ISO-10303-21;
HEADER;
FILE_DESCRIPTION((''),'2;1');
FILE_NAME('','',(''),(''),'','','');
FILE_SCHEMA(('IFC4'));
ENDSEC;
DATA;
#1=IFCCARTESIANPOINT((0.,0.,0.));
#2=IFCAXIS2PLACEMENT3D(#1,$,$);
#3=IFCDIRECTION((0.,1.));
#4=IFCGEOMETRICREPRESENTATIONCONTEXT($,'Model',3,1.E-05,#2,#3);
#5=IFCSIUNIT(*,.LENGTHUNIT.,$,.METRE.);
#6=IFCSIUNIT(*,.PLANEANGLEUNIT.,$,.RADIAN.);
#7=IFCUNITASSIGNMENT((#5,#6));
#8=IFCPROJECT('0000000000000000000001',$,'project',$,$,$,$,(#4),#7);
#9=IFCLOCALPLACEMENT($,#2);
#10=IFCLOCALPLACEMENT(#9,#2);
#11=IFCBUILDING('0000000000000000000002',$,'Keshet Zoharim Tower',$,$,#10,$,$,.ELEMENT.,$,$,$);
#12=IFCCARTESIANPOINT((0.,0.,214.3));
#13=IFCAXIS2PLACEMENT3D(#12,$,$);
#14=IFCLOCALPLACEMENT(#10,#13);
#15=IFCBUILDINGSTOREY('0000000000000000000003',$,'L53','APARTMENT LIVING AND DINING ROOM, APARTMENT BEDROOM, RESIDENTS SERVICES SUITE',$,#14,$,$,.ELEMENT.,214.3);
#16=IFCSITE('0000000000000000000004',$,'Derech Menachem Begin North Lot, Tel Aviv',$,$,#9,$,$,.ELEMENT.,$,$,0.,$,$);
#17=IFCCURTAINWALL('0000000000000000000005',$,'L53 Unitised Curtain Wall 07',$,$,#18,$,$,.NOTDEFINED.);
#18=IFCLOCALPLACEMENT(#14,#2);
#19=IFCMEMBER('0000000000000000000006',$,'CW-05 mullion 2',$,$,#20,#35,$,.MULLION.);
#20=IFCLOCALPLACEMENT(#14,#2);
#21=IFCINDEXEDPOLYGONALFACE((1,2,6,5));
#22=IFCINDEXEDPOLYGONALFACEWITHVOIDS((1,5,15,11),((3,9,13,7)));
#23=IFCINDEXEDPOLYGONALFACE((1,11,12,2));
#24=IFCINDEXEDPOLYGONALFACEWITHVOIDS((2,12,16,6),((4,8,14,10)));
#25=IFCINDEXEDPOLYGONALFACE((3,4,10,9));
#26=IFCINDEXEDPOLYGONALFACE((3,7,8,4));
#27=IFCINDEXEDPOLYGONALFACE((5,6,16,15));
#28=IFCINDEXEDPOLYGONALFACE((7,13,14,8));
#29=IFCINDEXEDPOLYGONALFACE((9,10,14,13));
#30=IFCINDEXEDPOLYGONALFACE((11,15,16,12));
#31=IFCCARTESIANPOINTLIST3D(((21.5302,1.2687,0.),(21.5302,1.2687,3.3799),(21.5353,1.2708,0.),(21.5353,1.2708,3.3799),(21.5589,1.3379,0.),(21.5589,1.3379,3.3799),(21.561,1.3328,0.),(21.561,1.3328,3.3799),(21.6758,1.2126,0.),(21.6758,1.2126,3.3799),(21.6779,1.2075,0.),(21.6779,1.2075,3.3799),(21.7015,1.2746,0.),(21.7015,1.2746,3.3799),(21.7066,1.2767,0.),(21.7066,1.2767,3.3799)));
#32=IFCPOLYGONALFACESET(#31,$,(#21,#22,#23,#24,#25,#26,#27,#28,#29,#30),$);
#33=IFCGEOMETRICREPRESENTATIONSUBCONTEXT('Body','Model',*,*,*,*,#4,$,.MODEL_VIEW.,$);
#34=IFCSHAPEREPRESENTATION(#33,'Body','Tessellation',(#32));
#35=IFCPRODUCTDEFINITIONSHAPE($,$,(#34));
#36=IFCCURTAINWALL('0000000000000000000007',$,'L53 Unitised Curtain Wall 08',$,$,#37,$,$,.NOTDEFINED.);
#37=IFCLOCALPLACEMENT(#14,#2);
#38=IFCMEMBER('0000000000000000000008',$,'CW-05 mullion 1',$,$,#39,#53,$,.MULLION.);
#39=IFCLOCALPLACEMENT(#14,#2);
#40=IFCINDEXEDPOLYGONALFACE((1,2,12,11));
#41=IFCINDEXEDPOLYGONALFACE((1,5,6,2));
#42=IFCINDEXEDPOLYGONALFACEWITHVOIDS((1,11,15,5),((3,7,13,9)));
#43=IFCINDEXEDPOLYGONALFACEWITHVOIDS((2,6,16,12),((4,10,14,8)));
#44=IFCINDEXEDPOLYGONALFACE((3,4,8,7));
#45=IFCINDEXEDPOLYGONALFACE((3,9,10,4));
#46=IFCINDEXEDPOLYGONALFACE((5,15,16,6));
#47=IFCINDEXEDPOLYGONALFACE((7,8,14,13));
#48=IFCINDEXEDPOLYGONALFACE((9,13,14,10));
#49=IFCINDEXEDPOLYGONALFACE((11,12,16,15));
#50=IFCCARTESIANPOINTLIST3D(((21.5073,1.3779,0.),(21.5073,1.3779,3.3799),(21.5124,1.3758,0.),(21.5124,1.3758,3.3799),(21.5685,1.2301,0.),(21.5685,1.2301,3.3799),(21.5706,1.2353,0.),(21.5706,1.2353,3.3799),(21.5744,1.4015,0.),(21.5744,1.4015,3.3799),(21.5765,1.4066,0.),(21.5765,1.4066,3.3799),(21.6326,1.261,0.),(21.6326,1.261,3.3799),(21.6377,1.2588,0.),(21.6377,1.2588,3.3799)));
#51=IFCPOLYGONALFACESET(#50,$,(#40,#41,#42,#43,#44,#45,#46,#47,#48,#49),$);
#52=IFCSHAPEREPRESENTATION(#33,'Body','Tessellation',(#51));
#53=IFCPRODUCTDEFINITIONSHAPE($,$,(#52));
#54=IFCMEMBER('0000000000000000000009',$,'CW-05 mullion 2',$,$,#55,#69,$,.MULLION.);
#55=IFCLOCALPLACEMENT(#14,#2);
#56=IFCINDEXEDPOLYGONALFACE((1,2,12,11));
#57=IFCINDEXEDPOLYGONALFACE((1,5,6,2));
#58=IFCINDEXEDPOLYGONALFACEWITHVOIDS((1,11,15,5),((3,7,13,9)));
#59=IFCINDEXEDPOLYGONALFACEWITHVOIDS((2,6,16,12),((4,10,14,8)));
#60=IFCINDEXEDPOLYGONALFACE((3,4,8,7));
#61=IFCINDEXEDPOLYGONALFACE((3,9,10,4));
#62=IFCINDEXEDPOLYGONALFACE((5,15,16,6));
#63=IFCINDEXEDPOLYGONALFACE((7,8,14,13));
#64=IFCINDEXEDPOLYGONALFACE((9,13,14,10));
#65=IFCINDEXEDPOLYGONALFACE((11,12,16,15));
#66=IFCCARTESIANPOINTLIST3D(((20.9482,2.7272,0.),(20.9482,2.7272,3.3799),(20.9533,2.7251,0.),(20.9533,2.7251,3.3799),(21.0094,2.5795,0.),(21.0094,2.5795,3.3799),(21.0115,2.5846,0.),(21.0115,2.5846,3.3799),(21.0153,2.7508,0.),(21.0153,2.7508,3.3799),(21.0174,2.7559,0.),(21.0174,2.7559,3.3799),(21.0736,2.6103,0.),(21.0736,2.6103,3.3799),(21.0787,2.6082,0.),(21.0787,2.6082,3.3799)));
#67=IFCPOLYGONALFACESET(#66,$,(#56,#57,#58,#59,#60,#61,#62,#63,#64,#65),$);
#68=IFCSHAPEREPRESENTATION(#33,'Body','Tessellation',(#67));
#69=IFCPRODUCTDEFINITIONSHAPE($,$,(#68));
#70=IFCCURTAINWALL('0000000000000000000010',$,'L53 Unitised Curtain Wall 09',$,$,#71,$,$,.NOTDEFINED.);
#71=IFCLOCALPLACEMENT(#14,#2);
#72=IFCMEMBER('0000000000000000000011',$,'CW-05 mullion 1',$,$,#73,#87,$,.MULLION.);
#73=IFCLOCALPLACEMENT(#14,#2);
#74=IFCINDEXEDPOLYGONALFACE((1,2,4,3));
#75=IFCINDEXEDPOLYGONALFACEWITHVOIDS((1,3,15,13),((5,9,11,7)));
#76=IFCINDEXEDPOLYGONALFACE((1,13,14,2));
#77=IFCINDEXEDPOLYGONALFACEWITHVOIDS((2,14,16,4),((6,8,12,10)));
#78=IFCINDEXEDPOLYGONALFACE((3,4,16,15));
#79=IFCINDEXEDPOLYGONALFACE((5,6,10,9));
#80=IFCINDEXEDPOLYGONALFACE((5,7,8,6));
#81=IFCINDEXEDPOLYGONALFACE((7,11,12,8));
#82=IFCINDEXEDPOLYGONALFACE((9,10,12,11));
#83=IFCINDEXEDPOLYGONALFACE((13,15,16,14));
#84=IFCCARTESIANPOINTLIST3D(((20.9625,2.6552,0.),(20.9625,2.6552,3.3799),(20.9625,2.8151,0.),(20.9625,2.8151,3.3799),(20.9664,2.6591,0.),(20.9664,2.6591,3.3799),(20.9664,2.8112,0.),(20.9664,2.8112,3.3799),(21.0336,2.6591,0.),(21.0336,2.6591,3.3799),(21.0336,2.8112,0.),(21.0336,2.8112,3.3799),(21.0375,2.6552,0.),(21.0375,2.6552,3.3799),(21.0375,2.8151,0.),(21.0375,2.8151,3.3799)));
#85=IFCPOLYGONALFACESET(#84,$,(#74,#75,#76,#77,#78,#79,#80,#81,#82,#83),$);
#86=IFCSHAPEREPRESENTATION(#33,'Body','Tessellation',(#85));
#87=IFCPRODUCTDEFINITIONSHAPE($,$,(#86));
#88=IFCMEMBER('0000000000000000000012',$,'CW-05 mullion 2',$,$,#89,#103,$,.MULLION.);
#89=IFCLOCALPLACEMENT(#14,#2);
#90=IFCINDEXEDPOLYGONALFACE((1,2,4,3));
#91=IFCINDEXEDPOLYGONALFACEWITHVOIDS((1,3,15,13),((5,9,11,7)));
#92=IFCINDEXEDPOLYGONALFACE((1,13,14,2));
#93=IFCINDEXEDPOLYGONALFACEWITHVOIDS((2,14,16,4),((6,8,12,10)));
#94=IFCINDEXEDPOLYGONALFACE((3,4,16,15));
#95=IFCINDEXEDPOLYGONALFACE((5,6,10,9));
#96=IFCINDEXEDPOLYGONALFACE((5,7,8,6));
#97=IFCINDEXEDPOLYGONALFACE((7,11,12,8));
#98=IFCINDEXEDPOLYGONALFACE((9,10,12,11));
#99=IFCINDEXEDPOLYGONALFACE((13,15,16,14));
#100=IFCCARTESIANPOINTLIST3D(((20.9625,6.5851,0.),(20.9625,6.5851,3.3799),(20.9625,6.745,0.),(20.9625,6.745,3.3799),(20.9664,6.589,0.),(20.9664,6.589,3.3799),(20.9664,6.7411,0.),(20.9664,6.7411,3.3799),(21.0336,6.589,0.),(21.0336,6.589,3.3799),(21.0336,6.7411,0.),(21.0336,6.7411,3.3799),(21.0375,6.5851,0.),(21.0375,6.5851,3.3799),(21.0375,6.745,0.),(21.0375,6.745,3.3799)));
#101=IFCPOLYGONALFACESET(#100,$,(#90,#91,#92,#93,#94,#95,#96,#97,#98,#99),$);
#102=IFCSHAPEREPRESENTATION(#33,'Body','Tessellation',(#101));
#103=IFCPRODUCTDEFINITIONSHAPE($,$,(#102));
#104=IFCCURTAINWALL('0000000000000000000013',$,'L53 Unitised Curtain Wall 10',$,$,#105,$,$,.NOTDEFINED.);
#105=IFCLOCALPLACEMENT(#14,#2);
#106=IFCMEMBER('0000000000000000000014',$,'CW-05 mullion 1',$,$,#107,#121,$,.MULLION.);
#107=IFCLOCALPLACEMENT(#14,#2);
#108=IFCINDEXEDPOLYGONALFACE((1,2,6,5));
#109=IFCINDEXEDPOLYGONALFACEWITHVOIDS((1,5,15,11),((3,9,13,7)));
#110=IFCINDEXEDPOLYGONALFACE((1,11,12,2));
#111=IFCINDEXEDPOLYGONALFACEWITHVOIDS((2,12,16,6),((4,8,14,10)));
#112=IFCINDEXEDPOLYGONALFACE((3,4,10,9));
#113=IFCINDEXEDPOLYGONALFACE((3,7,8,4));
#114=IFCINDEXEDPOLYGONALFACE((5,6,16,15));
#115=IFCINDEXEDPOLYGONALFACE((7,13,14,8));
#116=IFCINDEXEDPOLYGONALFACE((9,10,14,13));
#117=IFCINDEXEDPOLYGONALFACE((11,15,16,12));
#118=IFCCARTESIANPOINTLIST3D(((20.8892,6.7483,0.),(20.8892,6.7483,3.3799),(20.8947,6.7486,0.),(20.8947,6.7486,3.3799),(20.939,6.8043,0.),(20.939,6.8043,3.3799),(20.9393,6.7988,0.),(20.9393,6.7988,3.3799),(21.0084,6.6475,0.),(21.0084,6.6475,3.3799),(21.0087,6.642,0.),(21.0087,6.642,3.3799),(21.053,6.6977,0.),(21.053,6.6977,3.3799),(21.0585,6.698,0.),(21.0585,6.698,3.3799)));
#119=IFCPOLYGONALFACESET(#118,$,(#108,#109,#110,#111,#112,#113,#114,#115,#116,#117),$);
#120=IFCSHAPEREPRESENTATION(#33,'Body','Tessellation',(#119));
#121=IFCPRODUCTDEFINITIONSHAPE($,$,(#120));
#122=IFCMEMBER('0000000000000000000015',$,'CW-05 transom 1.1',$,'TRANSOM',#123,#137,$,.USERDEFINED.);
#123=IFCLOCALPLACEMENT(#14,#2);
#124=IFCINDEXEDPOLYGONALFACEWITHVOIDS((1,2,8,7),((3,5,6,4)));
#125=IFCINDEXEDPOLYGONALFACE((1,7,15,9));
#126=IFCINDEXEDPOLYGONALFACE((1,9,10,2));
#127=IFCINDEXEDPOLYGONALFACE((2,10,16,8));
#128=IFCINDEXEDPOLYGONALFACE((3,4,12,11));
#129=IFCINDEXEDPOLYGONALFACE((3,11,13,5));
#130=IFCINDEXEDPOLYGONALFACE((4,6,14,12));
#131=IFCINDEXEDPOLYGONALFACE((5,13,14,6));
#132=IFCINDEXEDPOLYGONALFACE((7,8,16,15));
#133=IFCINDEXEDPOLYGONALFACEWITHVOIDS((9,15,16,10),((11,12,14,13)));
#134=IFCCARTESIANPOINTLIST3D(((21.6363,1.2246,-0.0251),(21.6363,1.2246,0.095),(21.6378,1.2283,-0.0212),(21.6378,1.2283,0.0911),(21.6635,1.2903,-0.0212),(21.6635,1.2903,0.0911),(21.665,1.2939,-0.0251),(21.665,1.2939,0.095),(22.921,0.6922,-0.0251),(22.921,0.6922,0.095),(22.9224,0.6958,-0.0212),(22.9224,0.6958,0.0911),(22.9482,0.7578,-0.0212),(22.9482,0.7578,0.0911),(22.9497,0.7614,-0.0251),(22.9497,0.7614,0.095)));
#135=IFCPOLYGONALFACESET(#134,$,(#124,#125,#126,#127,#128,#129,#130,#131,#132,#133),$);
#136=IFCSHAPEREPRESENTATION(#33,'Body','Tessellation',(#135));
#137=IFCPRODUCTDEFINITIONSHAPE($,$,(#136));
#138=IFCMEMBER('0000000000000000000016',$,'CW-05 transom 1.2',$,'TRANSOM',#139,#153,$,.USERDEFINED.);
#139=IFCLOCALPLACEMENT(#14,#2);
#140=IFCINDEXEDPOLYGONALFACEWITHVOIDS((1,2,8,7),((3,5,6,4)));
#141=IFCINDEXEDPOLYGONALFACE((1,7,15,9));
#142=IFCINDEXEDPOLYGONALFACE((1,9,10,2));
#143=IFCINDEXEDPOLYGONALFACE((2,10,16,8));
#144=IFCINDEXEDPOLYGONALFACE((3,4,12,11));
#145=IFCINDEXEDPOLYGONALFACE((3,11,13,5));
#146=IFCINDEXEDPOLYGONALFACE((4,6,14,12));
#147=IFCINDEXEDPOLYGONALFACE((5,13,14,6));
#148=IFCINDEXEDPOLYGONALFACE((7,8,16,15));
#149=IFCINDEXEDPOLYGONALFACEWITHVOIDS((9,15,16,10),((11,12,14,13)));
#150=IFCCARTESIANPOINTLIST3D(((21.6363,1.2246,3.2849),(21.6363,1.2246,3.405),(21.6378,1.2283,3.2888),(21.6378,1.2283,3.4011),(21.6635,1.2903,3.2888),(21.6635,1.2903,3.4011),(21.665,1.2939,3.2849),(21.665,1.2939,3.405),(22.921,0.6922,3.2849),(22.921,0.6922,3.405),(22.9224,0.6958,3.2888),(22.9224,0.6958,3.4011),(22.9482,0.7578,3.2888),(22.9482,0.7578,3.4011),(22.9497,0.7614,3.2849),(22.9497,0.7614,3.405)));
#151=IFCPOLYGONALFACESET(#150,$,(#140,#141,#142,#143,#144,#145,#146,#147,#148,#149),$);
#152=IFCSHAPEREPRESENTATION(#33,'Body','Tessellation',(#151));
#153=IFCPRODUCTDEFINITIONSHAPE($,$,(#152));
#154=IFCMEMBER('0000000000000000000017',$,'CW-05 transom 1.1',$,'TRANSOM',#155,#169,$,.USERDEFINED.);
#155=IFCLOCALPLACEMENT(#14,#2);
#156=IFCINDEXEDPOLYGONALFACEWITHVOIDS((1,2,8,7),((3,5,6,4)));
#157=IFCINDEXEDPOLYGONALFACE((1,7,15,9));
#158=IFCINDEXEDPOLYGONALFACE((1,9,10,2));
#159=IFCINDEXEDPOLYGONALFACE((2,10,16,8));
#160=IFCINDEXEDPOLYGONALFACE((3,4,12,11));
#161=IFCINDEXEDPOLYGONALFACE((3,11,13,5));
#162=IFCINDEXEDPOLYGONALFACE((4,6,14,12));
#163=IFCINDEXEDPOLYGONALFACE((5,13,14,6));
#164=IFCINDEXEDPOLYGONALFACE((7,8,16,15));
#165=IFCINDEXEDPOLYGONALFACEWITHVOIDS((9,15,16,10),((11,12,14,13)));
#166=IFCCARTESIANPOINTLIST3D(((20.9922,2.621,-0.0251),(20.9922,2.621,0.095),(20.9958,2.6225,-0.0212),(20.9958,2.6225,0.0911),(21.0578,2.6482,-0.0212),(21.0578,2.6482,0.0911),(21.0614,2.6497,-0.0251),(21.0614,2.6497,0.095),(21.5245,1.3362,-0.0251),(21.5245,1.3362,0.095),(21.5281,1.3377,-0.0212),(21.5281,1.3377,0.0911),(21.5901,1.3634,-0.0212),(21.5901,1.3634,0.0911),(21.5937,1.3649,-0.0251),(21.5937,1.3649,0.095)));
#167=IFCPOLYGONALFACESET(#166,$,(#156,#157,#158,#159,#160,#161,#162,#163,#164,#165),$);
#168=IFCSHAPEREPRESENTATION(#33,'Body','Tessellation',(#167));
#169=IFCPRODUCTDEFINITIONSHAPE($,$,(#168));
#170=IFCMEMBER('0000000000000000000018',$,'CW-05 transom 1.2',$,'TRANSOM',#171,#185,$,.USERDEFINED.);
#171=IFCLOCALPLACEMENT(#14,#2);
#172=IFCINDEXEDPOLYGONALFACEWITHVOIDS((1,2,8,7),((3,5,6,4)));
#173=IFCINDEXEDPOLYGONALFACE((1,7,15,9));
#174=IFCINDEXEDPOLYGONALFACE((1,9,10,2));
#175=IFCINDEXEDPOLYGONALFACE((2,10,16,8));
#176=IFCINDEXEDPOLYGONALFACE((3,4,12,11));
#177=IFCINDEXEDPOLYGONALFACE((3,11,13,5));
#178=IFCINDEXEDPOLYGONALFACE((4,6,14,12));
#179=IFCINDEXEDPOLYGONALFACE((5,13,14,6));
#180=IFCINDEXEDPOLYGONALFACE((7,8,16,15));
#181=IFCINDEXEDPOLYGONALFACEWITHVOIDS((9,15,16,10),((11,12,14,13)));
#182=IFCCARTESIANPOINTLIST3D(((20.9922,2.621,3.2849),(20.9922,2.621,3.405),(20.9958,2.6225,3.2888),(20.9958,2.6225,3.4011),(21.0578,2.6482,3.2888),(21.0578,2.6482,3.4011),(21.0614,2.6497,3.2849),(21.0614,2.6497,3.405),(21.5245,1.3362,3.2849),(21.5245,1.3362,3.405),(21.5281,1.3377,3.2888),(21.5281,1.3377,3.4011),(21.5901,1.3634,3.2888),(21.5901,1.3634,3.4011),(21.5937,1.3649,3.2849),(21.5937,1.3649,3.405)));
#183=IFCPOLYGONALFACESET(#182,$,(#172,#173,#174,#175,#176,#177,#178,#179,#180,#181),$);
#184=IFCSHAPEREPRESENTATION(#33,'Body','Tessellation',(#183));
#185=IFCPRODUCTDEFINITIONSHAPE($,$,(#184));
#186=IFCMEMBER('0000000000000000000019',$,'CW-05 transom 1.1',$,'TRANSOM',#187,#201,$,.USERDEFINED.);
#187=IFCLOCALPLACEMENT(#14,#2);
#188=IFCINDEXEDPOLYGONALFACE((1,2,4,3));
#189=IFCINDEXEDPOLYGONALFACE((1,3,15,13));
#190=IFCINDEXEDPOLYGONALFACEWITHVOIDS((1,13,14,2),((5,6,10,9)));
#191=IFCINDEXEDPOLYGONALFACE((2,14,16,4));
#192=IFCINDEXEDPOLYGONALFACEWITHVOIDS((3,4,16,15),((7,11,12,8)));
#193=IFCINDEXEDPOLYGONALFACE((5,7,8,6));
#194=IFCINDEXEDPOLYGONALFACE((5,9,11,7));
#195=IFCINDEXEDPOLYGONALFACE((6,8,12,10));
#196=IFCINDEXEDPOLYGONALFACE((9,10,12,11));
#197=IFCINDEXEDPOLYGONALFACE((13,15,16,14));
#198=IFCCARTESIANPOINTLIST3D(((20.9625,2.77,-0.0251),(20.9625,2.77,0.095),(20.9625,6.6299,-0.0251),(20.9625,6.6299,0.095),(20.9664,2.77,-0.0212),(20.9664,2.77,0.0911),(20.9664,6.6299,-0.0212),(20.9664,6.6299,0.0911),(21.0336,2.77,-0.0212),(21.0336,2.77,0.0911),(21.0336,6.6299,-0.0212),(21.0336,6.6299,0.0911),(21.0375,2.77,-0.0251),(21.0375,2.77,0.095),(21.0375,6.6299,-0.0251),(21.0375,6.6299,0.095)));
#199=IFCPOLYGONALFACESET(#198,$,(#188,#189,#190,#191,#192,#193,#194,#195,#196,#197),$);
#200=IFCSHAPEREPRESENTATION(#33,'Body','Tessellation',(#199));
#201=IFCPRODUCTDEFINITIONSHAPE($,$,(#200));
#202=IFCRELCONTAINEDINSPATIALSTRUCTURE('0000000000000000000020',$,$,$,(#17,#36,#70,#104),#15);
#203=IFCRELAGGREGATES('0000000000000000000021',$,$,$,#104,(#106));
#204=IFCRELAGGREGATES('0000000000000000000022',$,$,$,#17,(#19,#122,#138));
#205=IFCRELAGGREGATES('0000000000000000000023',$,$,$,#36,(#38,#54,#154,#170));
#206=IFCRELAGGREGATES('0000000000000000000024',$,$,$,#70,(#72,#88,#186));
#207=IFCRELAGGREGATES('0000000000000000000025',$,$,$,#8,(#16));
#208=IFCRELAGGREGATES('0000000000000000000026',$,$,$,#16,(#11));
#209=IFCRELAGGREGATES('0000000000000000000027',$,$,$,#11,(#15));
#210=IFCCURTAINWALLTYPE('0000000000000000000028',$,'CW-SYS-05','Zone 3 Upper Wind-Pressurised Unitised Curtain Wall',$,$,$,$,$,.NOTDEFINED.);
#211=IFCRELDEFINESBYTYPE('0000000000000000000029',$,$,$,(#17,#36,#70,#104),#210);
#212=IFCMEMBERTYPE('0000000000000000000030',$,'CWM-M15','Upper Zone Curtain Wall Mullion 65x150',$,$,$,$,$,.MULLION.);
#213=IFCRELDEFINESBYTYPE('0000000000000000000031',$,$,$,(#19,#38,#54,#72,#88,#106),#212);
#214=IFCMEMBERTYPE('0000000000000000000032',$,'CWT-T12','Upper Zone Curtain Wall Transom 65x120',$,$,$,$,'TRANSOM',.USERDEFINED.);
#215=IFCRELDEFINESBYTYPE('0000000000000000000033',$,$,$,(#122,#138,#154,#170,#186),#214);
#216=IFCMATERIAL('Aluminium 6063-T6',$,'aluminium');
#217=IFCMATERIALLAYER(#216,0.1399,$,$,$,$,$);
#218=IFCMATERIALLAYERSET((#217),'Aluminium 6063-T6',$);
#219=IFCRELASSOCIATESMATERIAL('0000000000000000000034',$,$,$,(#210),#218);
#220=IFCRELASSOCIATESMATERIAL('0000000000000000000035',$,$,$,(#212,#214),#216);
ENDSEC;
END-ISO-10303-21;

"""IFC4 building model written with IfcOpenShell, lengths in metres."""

from ifc_helpers import new_model, si_unit, direction, frame, origin, origin_2d, place, context, subcontext, project, spatial, hollow_rectangle, extrude, material, layer, layer_set, material_profile, profile_set, type_object, element, aggregate, save


model = new_model("IFC4")

# Units and contexts
model_context = context("Model", 3, precision=1e-05, world=origin(), true_north=direction((0.0, 1.0)))
body_context = subcontext(model_context, "Body", "Model", "MODEL_VIEW")
ifc_project = project(units=[si_unit("LENGTHUNIT", "METRE"), si_unit("PLANEANGLEUNIT", "RADIAN")], contexts=[model_context])

# Site, building, storey
site_placement = place(None, origin())
site = spatial("IfcSite", under=ifc_project, at=site_placement, Name="Derech Menachem Begin North Lot, Tel Aviv", CompositionType="ELEMENT", RefElevation=0.0)
building_placement = place(site_placement, origin())
building = spatial("IfcBuilding", under=site, at=building_placement, Name="Keshet Zoharim Tower", CompositionType="ELEMENT")
storey_placement = place(building_placement, frame((0.0, 0.0, 214.3)))
storey = spatial("IfcBuildingStorey", under=building, at=storey_placement, Name="L53", Description="APARTMENT LIVING AND DINING ROOM, APARTMENT BEDROOM, RESIDENTS SERVICES SUITE", CompositionType="ELEMENT", Elevation=214.3)

# Shared definitions
ifc_material_1 = material(Name="Aluminium 6063-T6", Category="aluminium")
ifc_layer_1 = layer(ifc_material_1, 0.1399)
ifc_layer_set_1 = layer_set([ifc_layer_1], Name="Aluminium 6063-T6")
curtain_wall_type = type_object("IfcCurtainWallType", Name="CW-SYS-05", Description="Zone 3 Upper Wind-Pressurised Unitised Curtain Wall", PredefinedType="NOTDEFINED", material=ifc_layer_set_1)
ifc_material_profile_1 = material_profile(ifc_material_1, hollow_rectangle(XDim=0.075, YDim=0.1599, WallThickness=0.0039, at=origin_2d()), Name="MUL-75x160")
ifc_profile_set_1 = profile_set([ifc_material_profile_1], Name="Aluminium 6063-T6")
member_type_1 = type_object("IfcMemberType", Name="CWM-M15", Description="Upper Zone Curtain Wall Mullion 65x150", PredefinedType="MULLION", material=ifc_profile_set_1)

# Curtain walls, members
curtain_wall_1_placement = place(storey_placement, origin())
curtain_wall_1 = element("IfcCurtainWall", 1, at=curtain_wall_1_placement, inside=storey, type_object=curtain_wall_type, Name="L53 Unitised Curtain Wall 07", PredefinedType="NOTDEFINED")
member_1_placement = place(storey_placement, frame((21.6184, 1.2727, 0.0), z_axis=(0.0, 0.0, 1.0), x_axis=(-0.382852, -0.92381, 0.0)))
member_1 = element("IfcMember", 2, at=member_1_placement, type_object=member_type_1, Name="CW-05 mullion 2", PredefinedType="MULLION", context=body_context, shape_type="SweptSolid", body=[
    extrude(hollow_rectangle(XDim=0.075, YDim=0.1599, WallThickness=0.0039, at=origin_2d()), origin(), (0.0, 0.0, 1.0), 3.3799),
])
curtain_wall_2_placement = place(storey_placement, origin())
curtain_wall_2 = element("IfcCurtainWall", 3, at=curtain_wall_2_placement, inside=storey, type_object=curtain_wall_type, Name="L53 Unitised Curtain Wall 08", PredefinedType="NOTDEFINED")
member_2_placement = place(storey_placement, frame((21.5725, 1.3184, 0.0), z_axis=(0.0, 0.0, 1.0), x_axis=(-0.92381, -0.382852, 0.0)))
member_2 = element("IfcMember", 4, at=member_2_placement, type_object=member_type_1, Name="CW-05 mullion 1", PredefinedType="MULLION", context=body_context, shape_type="SweptSolid", body=[
    extrude(hollow_rectangle(XDim=0.075, YDim=0.1599, WallThickness=0.0039, at=origin_2d()), origin(), (0.0, 0.0, 1.0), 3.3799),
])
member_3_placement = place(storey_placement, frame((21.0134, 2.6677, 0.0), z_axis=(0.0, 0.0, 1.0), x_axis=(-0.92381, -0.382852, 0.0)))
member_3 = element("IfcMember", 5, at=member_3_placement, type_object=member_type_1, Name="CW-05 mullion 2", PredefinedType="MULLION", context=body_context, shape_type="SweptSolid", body=[
    extrude(hollow_rectangle(XDim=0.075, YDim=0.1599, WallThickness=0.0039, at=origin_2d()), origin(), (0.0, 0.0, 1.0), 3.3799),
])
curtain_wall_3_placement = place(storey_placement, origin())
curtain_wall_3 = element("IfcCurtainWall", 6, at=curtain_wall_3_placement, inside=storey, type_object=curtain_wall_type, Name="L53 Unitised Curtain Wall 09", PredefinedType="NOTDEFINED")
member_4_placement = place(storey_placement, frame((21.0, 2.7351, 0.0), z_axis=(0.0, 0.0, 1.0), x_axis=(-1.0, 0.0, 0.0)))
member_4 = element("IfcMember", 7, at=member_4_placement, type_object=member_type_1, Name="CW-05 mullion 1", PredefinedType="MULLION", context=body_context, shape_type="SweptSolid", body=[
    extrude(hollow_rectangle(XDim=0.075, YDim=0.1599, WallThickness=0.0039, at=origin_2d()), origin(), (0.0, 0.0, 1.0), 3.3799),
])
member_5_placement = place(storey_placement, frame((21.0, 6.665, 0.0), z_axis=(0.0, 0.0, 1.0), x_axis=(-1.0, 0.0, 0.0)))
member_5 = element("IfcMember", 8, at=member_5_placement, type_object=member_type_1, Name="CW-05 mullion 2", PredefinedType="MULLION", context=body_context, shape_type="SweptSolid", body=[
    extrude(hollow_rectangle(XDim=0.075, YDim=0.1599, WallThickness=0.0039, at=origin_2d()), origin(), (0.0, 0.0, 1.0), 3.3799),
])

# Curtain wall, member
curtain_wall_4_placement = place(storey_placement, origin())
curtain_wall_4 = element("IfcCurtainWall", 9, at=curtain_wall_4_placement, inside=storey, type_object=curtain_wall_type, Name="L53 Unitised Curtain Wall 10", PredefinedType="NOTDEFINED")
member_6_placement = place(storey_placement, frame((20.9739, 6.7231, 0.0), z_axis=(0.0, 0.0, 1.0), x_axis=(-0.664364, -0.747409, 0.0)))
member_6 = element("IfcMember", 10, at=member_6_placement, type_object=member_type_1, Name="CW-05 mullion 1", PredefinedType="MULLION", context=body_context, shape_type="SweptSolid", body=[
    extrude(hollow_rectangle(XDim=0.075, YDim=0.1599, WallThickness=0.0039, at=origin_2d()), origin(), (0.0, 0.0, 1.0), 3.3799),
])

# Members
ifc_material_profile_2 = material_profile(ifc_material_1, hollow_rectangle(XDim=0.075, YDim=0.1201, WallThickness=0.0039, at=origin_2d()), Name="TRN-75x120")
ifc_profile_set_2 = profile_set([ifc_material_profile_2], Name="Aluminium 6063-T6")
member_type_2 = type_object("IfcMemberType", Name="CWT-T12", Description="Upper Zone Curtain Wall Transom 65x120", ElementType="TRANSOM", PredefinedType="USERDEFINED", material=ifc_profile_set_2)
member_7_placement = place(storey_placement, frame((22.9353, 0.7268, 0.0349), z_axis=(-0.923792, 0.382894, 0.0), x_axis=(-0.382894, -0.923792, 0.0)))
member_7 = element("IfcMember", 11, at=member_7_placement, type_object=member_type_2, Name="CW-05 transom 1.1", ObjectType="TRANSOM", PredefinedType="USERDEFINED", context=body_context, shape_type="SweptSolid", body=[
    extrude(hollow_rectangle(XDim=0.075, YDim=0.1201, WallThickness=0.0039, at=origin_2d()), origin(), (0.0, 0.0, 1.0), 1.3906),
])
member_8_placement = place(storey_placement, frame((22.9353, 0.7268, 3.345), z_axis=(-0.923792, 0.382894, 0.0), x_axis=(-0.382894, -0.923792, 0.0)))
member_8 = element("IfcMember", 12, at=member_8_placement, type_object=member_type_2, Name="CW-05 transom 1.2", ObjectType="TRANSOM", PredefinedType="USERDEFINED", context=body_context, shape_type="SweptSolid", body=[
    extrude(hollow_rectangle(XDim=0.075, YDim=0.1201, WallThickness=0.0039, at=origin_2d()), origin(), (0.0, 0.0, 1.0), 1.3906),
])
member_9_placement = place(storey_placement, frame((21.5591, 1.3506, 0.0349), z_axis=(-0.382745, 0.923854, 0.0), x_axis=(-0.923854, -0.382745, 0.0)))
member_9 = element("IfcMember", 13, at=member_9_placement, type_object=member_type_2, Name="CW-05 transom 1.1", ObjectType="TRANSOM", PredefinedType="USERDEFINED", context=body_context, shape_type="SweptSolid", body=[
    extrude(hollow_rectangle(XDim=0.075, YDim=0.1201, WallThickness=0.0039, at=origin_2d()), origin(), (0.0, 0.0, 1.0), 1.3906),
])
member_10_placement = place(storey_placement, frame((21.5591, 1.3506, 3.345), z_axis=(-0.382745, 0.923854, 0.0), x_axis=(-0.923854, -0.382745, 0.0)))
member_10 = element("IfcMember", 14, at=member_10_placement, type_object=member_type_2, Name="CW-05 transom 1.2", ObjectType="TRANSOM", PredefinedType="USERDEFINED", context=body_context, shape_type="SweptSolid", body=[
    extrude(hollow_rectangle(XDim=0.075, YDim=0.1201, WallThickness=0.0039, at=origin_2d()), origin(), (0.0, 0.0, 1.0), 1.3906),
])
member_11_placement = place(storey_placement, frame((21.0, 2.77, 0.0349), z_axis=(0.0, 1.0, 0.0), x_axis=(-1.0, 0.0, 0.0)))
member_11 = element("IfcMember", 15, at=member_11_placement, type_object=member_type_2, Name="CW-05 transom 1.1", ObjectType="TRANSOM", PredefinedType="USERDEFINED", context=body_context, shape_type="SweptSolid", body=[
    extrude(hollow_rectangle(XDim=0.075, YDim=0.1201, WallThickness=0.0039, at=origin_2d()), origin(), (0.0, 0.0, 1.0), 3.8599),
])
aggregate(curtain_wall_4, [member_6])

aggregate(curtain_wall_1, [member_1, member_7, member_8])
aggregate(curtain_wall_2, [member_2, member_3, member_9, member_10])
aggregate(curtain_wall_3, [member_4, member_5, member_11])

save(model, "model.ifc")
